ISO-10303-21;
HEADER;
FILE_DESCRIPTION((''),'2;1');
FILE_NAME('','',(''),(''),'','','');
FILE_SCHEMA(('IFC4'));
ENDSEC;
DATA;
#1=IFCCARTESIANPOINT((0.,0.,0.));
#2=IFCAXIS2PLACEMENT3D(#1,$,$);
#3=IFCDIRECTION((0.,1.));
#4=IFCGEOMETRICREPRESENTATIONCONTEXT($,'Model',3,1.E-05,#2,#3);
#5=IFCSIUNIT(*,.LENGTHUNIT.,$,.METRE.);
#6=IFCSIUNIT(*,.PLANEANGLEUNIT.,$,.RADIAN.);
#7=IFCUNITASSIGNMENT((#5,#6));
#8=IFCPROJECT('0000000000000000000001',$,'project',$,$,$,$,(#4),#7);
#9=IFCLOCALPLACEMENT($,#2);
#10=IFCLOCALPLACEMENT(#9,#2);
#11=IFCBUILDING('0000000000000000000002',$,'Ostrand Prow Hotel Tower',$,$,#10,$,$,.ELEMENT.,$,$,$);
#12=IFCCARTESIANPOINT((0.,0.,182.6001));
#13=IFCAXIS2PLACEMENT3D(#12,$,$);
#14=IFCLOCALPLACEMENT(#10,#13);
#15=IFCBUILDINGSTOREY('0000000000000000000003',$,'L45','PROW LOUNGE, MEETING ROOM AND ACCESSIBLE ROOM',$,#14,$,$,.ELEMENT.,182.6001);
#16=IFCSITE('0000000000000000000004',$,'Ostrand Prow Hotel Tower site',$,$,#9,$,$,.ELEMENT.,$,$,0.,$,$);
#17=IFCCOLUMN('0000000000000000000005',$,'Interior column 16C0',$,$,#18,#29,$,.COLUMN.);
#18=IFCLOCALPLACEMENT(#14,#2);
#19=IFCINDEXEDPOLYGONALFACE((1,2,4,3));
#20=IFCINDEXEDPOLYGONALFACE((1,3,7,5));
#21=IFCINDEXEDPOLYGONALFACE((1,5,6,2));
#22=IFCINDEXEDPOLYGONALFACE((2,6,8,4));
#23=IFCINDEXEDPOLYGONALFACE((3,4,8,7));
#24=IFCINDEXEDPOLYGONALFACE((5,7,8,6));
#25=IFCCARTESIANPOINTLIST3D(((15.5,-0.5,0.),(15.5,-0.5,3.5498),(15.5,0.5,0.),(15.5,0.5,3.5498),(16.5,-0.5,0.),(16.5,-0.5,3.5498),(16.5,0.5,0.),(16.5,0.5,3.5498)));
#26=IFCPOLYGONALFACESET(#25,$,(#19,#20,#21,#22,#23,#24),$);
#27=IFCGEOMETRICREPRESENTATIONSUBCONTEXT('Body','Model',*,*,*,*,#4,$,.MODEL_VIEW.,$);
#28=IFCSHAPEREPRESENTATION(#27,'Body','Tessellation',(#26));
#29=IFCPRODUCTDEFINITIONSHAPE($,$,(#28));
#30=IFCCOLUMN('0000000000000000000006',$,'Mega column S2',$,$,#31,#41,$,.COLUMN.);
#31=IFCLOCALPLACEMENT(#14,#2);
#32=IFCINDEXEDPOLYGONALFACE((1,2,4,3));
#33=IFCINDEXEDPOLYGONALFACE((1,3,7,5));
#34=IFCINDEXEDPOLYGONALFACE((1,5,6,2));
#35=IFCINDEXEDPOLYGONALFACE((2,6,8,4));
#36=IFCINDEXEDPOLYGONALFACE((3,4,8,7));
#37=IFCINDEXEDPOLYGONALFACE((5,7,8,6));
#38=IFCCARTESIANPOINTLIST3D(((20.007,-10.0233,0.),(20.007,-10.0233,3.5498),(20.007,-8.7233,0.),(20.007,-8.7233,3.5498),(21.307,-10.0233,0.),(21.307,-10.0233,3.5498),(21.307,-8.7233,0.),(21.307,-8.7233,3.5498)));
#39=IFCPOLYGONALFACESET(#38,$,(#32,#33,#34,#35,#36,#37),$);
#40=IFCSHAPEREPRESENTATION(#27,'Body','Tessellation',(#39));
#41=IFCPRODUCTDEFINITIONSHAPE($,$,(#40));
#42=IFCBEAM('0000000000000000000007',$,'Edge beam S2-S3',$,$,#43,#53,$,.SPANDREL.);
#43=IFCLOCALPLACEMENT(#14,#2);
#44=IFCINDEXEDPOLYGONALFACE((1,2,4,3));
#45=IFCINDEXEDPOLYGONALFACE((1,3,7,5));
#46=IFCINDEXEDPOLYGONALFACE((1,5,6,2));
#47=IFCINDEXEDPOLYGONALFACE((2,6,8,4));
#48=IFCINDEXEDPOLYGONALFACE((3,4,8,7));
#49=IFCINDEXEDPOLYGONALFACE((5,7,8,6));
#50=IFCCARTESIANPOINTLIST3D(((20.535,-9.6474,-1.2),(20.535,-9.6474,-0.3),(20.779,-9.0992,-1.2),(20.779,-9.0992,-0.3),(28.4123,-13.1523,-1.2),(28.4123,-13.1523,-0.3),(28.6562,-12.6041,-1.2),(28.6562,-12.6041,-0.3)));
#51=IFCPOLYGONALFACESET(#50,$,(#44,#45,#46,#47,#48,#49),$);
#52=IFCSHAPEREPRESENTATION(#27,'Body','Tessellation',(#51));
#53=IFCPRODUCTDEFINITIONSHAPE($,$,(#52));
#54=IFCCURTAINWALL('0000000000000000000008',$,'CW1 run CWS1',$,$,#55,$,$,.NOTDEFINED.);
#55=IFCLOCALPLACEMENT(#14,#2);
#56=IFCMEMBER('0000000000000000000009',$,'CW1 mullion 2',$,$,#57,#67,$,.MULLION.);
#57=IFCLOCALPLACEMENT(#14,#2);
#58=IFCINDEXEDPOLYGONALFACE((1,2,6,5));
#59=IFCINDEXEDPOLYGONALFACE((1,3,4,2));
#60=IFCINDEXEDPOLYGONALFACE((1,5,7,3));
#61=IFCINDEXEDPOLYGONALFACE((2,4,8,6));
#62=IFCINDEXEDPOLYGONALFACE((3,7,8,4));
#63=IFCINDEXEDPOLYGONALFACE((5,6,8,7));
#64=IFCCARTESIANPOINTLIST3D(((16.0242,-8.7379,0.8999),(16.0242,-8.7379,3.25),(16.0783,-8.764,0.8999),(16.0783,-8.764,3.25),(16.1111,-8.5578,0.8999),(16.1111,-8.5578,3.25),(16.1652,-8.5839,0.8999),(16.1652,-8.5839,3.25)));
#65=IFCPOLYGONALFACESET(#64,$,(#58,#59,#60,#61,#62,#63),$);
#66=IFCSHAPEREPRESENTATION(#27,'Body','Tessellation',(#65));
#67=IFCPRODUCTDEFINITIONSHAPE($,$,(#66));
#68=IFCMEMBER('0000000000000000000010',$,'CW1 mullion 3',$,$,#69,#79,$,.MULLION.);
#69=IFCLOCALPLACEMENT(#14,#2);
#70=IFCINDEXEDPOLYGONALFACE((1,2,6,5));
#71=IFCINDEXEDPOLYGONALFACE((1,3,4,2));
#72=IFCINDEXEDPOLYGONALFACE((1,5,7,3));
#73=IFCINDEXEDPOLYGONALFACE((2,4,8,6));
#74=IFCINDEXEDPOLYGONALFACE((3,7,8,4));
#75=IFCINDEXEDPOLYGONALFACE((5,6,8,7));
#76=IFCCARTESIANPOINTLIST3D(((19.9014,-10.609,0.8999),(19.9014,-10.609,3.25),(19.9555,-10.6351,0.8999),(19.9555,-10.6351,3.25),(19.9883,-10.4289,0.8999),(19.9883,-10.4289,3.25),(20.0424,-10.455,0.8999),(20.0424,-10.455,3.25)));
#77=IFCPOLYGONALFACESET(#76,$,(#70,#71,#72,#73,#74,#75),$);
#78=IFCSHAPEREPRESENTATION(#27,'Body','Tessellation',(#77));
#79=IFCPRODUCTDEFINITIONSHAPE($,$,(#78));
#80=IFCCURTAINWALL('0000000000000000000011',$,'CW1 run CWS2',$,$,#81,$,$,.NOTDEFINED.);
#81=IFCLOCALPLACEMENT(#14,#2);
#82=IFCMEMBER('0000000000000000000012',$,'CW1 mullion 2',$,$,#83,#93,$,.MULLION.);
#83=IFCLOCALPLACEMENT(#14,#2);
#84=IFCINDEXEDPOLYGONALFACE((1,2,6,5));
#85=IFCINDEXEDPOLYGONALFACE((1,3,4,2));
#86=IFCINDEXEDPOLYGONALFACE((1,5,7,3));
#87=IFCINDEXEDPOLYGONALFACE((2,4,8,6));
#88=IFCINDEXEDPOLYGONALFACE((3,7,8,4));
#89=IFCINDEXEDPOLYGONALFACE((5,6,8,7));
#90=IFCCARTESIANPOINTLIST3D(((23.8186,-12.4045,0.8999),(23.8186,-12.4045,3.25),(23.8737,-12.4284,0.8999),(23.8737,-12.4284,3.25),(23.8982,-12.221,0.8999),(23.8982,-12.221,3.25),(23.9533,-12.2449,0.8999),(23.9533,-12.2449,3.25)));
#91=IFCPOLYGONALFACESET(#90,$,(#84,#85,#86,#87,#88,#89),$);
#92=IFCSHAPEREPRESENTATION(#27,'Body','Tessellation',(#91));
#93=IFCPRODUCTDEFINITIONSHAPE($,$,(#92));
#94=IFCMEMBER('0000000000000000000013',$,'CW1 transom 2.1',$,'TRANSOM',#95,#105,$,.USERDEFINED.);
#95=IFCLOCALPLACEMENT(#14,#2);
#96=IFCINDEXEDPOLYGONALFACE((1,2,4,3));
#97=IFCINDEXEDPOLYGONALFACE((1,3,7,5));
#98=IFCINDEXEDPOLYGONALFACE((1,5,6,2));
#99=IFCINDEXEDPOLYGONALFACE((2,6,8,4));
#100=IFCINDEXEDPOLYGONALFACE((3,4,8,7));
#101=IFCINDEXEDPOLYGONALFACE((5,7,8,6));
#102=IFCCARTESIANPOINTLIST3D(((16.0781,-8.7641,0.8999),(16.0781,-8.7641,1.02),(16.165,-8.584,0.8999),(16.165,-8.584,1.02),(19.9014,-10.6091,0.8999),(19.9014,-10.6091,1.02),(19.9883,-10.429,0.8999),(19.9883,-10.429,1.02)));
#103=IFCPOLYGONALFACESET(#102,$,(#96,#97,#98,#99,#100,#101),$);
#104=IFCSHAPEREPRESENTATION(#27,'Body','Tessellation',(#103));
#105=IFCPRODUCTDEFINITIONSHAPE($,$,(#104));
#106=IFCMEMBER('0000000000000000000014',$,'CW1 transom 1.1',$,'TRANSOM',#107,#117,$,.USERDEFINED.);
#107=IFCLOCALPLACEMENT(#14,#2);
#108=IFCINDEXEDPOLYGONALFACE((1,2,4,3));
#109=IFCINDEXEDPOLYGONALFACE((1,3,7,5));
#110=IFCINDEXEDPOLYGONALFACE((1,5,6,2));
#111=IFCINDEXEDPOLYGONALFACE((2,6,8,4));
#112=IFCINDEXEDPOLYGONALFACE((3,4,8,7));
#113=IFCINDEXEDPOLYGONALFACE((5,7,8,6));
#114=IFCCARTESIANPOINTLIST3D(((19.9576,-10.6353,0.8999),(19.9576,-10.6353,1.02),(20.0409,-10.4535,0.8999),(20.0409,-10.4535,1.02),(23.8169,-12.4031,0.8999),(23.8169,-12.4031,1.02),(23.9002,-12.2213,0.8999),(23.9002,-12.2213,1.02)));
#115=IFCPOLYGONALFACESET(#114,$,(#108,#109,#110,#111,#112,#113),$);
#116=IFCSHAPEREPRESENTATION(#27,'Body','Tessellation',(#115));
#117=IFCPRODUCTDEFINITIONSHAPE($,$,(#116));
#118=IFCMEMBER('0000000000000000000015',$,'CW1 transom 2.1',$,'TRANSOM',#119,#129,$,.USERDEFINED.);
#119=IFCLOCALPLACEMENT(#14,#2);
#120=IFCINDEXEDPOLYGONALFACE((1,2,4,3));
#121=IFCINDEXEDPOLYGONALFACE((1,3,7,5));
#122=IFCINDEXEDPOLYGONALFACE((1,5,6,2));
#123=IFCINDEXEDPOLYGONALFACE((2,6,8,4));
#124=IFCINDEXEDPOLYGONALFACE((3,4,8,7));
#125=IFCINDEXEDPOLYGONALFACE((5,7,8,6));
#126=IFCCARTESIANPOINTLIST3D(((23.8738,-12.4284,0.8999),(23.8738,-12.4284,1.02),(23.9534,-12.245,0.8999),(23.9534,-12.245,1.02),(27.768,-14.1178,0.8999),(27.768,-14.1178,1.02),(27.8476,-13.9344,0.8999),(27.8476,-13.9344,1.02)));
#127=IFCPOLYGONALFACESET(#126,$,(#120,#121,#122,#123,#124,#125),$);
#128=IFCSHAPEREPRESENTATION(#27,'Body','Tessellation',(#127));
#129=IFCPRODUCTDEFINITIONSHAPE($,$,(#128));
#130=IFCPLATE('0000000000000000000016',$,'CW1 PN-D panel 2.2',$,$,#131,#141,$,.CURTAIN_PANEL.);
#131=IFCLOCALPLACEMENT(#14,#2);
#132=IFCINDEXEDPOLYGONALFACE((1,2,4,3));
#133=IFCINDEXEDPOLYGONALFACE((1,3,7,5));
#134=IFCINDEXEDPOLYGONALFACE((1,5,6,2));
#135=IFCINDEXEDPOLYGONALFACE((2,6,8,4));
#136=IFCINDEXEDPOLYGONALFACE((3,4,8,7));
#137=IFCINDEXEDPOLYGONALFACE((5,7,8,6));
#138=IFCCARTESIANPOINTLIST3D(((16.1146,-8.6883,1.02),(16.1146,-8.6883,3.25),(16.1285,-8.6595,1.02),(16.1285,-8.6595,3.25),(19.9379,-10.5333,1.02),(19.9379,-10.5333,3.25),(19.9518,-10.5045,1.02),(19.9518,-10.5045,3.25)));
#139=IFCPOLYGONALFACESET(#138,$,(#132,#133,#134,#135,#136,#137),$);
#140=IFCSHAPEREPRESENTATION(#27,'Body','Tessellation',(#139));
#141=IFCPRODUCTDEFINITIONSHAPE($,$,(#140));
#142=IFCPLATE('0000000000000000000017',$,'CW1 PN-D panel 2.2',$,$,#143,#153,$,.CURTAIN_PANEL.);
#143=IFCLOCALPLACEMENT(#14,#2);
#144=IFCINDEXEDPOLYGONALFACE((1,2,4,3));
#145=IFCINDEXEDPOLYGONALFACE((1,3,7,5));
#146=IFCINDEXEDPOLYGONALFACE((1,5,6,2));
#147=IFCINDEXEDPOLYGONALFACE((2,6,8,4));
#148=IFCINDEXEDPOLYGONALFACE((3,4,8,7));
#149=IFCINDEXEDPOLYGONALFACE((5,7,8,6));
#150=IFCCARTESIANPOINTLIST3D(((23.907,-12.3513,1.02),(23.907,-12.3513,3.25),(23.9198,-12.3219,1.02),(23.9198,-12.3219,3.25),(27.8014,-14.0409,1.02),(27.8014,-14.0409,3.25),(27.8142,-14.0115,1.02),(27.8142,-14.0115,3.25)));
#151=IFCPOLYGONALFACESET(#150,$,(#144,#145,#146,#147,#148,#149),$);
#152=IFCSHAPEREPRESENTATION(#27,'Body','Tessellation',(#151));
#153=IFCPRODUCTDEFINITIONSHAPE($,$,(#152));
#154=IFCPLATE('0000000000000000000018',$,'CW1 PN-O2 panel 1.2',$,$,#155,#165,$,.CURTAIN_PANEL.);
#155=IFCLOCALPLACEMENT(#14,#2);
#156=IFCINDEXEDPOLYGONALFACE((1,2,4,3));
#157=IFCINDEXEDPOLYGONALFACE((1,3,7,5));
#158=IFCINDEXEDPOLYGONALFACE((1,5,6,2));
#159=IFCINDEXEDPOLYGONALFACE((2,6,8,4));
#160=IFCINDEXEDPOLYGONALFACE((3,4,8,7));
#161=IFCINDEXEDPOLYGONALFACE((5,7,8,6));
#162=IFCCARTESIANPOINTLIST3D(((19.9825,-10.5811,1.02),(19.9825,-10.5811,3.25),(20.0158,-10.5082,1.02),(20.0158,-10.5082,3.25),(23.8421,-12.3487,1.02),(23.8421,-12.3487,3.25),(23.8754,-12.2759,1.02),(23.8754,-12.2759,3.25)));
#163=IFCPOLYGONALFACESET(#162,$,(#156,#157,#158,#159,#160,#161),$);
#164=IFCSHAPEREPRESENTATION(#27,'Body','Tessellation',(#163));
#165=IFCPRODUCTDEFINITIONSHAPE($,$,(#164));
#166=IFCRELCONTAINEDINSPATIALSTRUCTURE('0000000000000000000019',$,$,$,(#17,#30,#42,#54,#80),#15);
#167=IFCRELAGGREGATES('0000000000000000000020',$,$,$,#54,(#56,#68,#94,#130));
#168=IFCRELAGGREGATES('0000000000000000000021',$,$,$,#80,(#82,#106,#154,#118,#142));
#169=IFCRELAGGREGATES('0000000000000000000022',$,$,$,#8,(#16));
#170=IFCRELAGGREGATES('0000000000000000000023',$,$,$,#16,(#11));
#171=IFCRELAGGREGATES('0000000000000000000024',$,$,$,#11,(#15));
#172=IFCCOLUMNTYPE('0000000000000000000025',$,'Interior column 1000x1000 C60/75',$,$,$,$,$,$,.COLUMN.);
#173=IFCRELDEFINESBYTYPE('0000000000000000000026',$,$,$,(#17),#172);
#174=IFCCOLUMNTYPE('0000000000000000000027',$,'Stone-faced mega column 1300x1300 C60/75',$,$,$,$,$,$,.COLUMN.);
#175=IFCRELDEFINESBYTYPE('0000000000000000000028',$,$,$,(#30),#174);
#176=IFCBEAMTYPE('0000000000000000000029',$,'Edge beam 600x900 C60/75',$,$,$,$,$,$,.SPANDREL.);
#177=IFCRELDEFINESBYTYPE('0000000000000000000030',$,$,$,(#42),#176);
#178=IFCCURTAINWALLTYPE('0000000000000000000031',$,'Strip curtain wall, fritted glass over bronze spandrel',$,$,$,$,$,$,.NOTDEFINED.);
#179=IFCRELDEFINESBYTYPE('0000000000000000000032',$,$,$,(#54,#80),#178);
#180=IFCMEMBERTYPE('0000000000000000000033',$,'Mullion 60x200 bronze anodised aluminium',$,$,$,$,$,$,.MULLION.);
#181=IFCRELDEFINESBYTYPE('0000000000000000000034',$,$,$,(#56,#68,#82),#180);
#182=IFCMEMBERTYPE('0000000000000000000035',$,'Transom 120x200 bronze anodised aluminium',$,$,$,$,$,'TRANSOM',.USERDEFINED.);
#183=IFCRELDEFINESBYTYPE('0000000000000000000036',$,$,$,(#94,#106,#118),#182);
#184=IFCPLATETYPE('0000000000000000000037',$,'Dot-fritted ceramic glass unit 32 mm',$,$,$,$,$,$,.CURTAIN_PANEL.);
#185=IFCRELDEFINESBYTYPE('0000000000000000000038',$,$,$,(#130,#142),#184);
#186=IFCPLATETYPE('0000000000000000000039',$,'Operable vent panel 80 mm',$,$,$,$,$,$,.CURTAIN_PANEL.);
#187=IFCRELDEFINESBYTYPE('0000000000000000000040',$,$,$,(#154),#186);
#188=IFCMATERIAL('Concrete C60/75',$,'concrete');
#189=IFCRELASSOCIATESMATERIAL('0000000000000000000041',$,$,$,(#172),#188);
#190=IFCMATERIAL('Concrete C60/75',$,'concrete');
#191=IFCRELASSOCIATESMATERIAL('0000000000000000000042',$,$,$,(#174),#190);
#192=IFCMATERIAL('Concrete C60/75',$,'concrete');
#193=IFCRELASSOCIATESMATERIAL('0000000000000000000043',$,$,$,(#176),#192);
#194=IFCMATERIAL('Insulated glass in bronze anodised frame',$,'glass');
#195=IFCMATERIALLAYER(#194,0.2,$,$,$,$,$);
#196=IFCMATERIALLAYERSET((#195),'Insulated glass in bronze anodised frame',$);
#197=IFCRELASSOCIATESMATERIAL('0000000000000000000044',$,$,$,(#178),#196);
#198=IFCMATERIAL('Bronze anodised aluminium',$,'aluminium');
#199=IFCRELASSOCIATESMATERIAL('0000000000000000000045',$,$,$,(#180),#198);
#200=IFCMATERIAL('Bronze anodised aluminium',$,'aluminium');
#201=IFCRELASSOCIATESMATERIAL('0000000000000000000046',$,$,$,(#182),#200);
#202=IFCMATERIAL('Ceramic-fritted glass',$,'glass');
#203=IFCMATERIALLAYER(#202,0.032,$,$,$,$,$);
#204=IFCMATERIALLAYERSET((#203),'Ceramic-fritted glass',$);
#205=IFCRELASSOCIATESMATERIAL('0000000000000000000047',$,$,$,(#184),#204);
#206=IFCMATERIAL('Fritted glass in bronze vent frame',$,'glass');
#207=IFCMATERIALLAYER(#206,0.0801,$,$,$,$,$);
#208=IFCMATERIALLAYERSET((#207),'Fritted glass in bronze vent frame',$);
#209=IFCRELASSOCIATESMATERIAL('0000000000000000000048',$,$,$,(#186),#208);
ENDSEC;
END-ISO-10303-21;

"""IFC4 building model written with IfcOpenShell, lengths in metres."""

from ifc_helpers import new_model, si_unit, direction, frame, origin, origin_2d, place, context, subcontext, project, spatial, rectangle, extrude, material, layer, layer_set, material_profile, profile_set, type_object, element, aggregate, save


model = new_model("IFC4")

# Units and contexts
model_context = context("Model", 3, precision=1e-05, world=origin(), true_north=direction((0.0, 1.0)))
body_context = subcontext(model_context, "Body", "Model", "MODEL_VIEW")
ifc_project = project(units=[si_unit("LENGTHUNIT", "METRE"), si_unit("PLANEANGLEUNIT", "RADIAN")], contexts=[model_context])

# Site, building, storey
site_placement = place(None, origin())
site = spatial("IfcSite", under=ifc_project, at=site_placement, Name="Ostrand Prow Hotel Tower site", CompositionType="ELEMENT", RefElevation=0.0)
building_placement = place(site_placement, origin())
building = spatial("IfcBuilding", under=site, at=building_placement, Name="Ostrand Prow Hotel Tower", CompositionType="ELEMENT")
storey_placement = place(building_placement, frame((0.0, 0.0, 182.6001)))
storey = spatial("IfcBuildingStorey", under=building, at=storey_placement, Name="L45", Description="PROW LOUNGE, MEETING ROOM AND ACCESSIBLE ROOM", CompositionType="ELEMENT", Elevation=182.6001)

# Columns
ifc_material_1 = material(Name="Concrete C60/75", Category="concrete")
ifc_material_profile_1 = material_profile(ifc_material_1, rectangle(XDim=1.0, YDim=1.0, at=origin_2d()), Name="RC 1000x1000")
ifc_profile_set_1 = profile_set([ifc_material_profile_1], Name="Concrete C60/75")
column_type_1 = type_object("IfcColumnType", Name="Interior column 1000x1000 C60/75", PredefinedType="COLUMN", material=ifc_profile_set_1)
column_1_placement = place(storey_placement, frame((16.0, 0.0, 0.0), z_axis=(0.0, 0.0, 1.0), x_axis=(1.0, 0.0, 0.0)))
element("IfcColumn", 1, at=column_1_placement, inside=storey, type_object=column_type_1, Name="Interior column 16C0", PredefinedType="COLUMN", context=body_context, shape_type="SweptSolid", body=[
    extrude(rectangle(XDim=1.0, YDim=1.0, at=origin_2d()), origin(), (0.0, 0.0, 1.0), 3.5498),
])
ifc_material_2 = material(Name="Concrete C60/75", Category="concrete")
ifc_material_profile_2 = material_profile(ifc_material_2, rectangle(XDim=1.3, YDim=1.3, at=origin_2d()), Name="RC 1300x1300")
ifc_profile_set_2 = profile_set([ifc_material_profile_2], Name="Concrete C60/75")
column_type_2 = type_object("IfcColumnType", Name="Stone-faced mega column 1300x1300 C60/75", PredefinedType="COLUMN", material=ifc_profile_set_2)
column_2_placement = place(storey_placement, frame((20.657, -9.3733, 0.0), z_axis=(0.0, 0.0, 1.0), x_axis=(1.0, 0.0, 0.0)))
element("IfcColumn", 2, at=column_2_placement, inside=storey, type_object=column_type_2, Name="Mega column S2", PredefinedType="COLUMN", context=body_context, shape_type="SweptSolid", body=[
    extrude(rectangle(XDim=1.3, YDim=1.3, at=origin_2d()), origin(), (0.0, 0.0, 1.0), 3.5498),
])

# Beam
ifc_material_3 = material(Name="Concrete C60/75", Category="concrete")
ifc_material_profile_3 = material_profile(ifc_material_3, rectangle(XDim=0.6001, YDim=0.8999, at=origin_2d()), Name="RC 600x900")
ifc_profile_set_3 = profile_set([ifc_material_profile_3], Name="Concrete C60/75")
beam_type = type_object("IfcBeamType", Name="Edge beam 600x900 C60/75", PredefinedType="SPANDREL", material=ifc_profile_set_3)
beam_placement = place(storey_placement, frame((20.657, -9.3733, -0.75), z_axis=(0.913643, -0.406517, 0.0), x_axis=(0.406517, 0.913643, 0.0)))
element("IfcBeam", 3, at=beam_placement, inside=storey, type_object=beam_type, Name="Edge beam S2-S3", PredefinedType="SPANDREL", context=body_context, shape_type="SweptSolid", body=[
    extrude(rectangle(XDim=0.6001, YDim=0.8999, at=origin_2d()), origin(), (0.0, 0.0, 1.0), 8.6218),
])

# Curtain wall, members
ifc_material_4 = material(Name="Insulated glass in bronze anodised frame", Category="glass")
ifc_layer_1 = layer(ifc_material_4, 0.2)
ifc_layer_set_1 = layer_set([ifc_layer_1], Name="Insulated glass in bronze anodised frame")
curtain_wall_type = type_object("IfcCurtainWallType", Name="Strip curtain wall, fritted glass over bronze spandrel", PredefinedType="NOTDEFINED", material=ifc_layer_set_1)
curtain_wall_1_placement = place(storey_placement, origin())
curtain_wall_1 = element("IfcCurtainWall", 4, at=curtain_wall_1_placement, inside=storey, type_object=curtain_wall_type, Name="CW1 run CWS1", PredefinedType="NOTDEFINED")
ifc_material_5 = material(Name="Bronze anodised aluminium", Category="aluminium")
ifc_material_profile_4 = material_profile(ifc_material_5, rectangle(XDim=0.2, YDim=0.0601, at=origin_2d()), Name="Mullion 60x200 bronze anodised aluminium")
ifc_profile_set_4 = profile_set([ifc_material_profile_4], Name="Bronze anodised aluminium")
member_type_1 = type_object("IfcMemberType", Name="Mullion 60x200 bronze anodised aluminium", PredefinedType="MULLION", material=ifc_profile_set_4)
member_1_placement = place(storey_placement, frame((16.0947, -8.6609, 0.8999), z_axis=(0.0, 0.0, 1.0), x_axis=(0.434615, 0.900616, 0.0)))
member_1 = element("IfcMember", 5, at=member_1_placement, type_object=member_type_1, Name="CW1 mullion 2", PredefinedType="MULLION", context=body_context, shape_type="SweptSolid", body=[
    extrude(rectangle(XDim=0.2, YDim=0.0601, at=origin_2d()), origin(), (0.0, 0.0, 1.0), 2.3501),
])
member_2_placement = place(storey_placement, frame((19.9719, -10.532, 0.8999), z_axis=(0.0, 0.0, 1.0), x_axis=(0.434615, 0.900616, 0.0)))
member_2 = element("IfcMember", 6, at=member_2_placement, type_object=member_type_1, Name="CW1 mullion 3", PredefinedType="MULLION", context=body_context, shape_type="SweptSolid", body=[
    extrude(rectangle(XDim=0.2, YDim=0.0601, at=origin_2d()), origin(), (0.0, 0.0, 1.0), 2.3501),
])

# Curtain wall, member
curtain_wall_2_placement = place(storey_placement, origin())
curtain_wall_2 = element("IfcCurtainWall", 7, at=curtain_wall_2_placement, inside=storey, type_object=curtain_wall_type, Name="CW1 run CWS2", PredefinedType="NOTDEFINED")
member_3_placement = place(storey_placement, frame((23.886, -12.3247, 0.8999), z_axis=(0.0, 0.0, 1.0), x_axis=(0.398005, 0.917383, 0.0)))
member_3 = element("IfcMember", 8, at=member_3_placement, type_object=member_type_1, Name="CW1 mullion 2", PredefinedType="MULLION", context=body_context, shape_type="SweptSolid", body=[
    extrude(rectangle(XDim=0.2, YDim=0.0601, at=origin_2d()), origin(), (0.0, 0.0, 1.0), 2.3501),
])

# Members
ifc_material_6 = material(Name="Bronze anodised aluminium", Category="aluminium")
ifc_material_profile_5 = material_profile(ifc_material_6, rectangle(XDim=0.2, YDim=0.1201, at=origin_2d()), Name="Transom 120x200 bronze anodised aluminium")
ifc_profile_set_5 = profile_set([ifc_material_profile_5], Name="Bronze anodised aluminium")
member_type_2 = type_object("IfcMemberType", Name="Transom 120x200 bronze anodised aluminium", ElementType="TRANSOM", PredefinedType="USERDEFINED", material=ifc_profile_set_5)
member_4_placement = place(storey_placement, frame((16.1216, -8.6741, 0.96), z_axis=(0.900619, -0.434609, 0.0), x_axis=(0.434609, 0.900619, 0.0)))
member_4 = element("IfcMember", 9, at=member_4_placement, type_object=member_type_2, Name="CW1 transom 2.1", ObjectType="TRANSOM", PredefinedType="USERDEFINED", context=body_context, shape_type="SweptSolid", body=[
    extrude(rectangle(XDim=0.2, YDim=0.1201, at=origin_2d()), origin(), (0.0, 0.0, 1.0), 4.2451),
])
member_5_placement = place(storey_placement, frame((19.9993, -10.5444, 0.96), z_axis=(0.909159, -0.416449, 0.0), x_axis=(0.416449, 0.909159, 0.0)))
member_5 = element("IfcMember", 10, at=member_5_placement, type_object=member_type_2, Name="CW1 transom 1.1", ObjectType="TRANSOM", PredefinedType="USERDEFINED", context=body_context, shape_type="SweptSolid", body=[
    extrude(rectangle(XDim=0.2, YDim=0.1201, at=origin_2d()), origin(), (0.0, 0.0, 1.0), 4.2449),
])
member_6_placement = place(storey_placement, frame((23.9136, -12.3367, 0.96), z_axis=(0.91739, -0.39799, 0.0), x_axis=(0.39799, 0.91739, 0.0)))
member_6 = element("IfcMember", 11, at=member_6_placement, type_object=member_type_2, Name="CW1 transom 2.1", ObjectType="TRANSOM", PredefinedType="USERDEFINED", context=body_context, shape_type="SweptSolid", body=[
    extrude(rectangle(XDim=0.2, YDim=0.1201, at=origin_2d()), origin(), (0.0, 0.0, 1.0), 4.2449),
])

# Plates
ifc_material_7 = material(Name="Ceramic-fritted glass", Category="glass")
ifc_layer_2 = layer(ifc_material_7, 0.032)
ifc_layer_set_2 = layer_set([ifc_layer_2], Name="Ceramic-fritted glass")
plate_type_1 = type_object("IfcPlateType", Name="Dot-fritted ceramic glass unit 32 mm", PredefinedType="CURTAIN_PANEL", material=ifc_layer_set_2)
plate_1_placement = place(storey_placement, frame((18.0332, -9.5964, 1.02), z_axis=(0.0, 0.0, 1.0), x_axis=(0.900616, -0.434615, 0.0)))
plate_1 = element("IfcPlate", 12, at=plate_1_placement, type_object=plate_type_1, Name="CW1 PN-D panel 2.2", PredefinedType="CURTAIN_PANEL", context=body_context, shape_type="SweptSolid", body=[
    extrude(rectangle(XDim=4.2451, YDim=0.032, at=origin_2d()), origin(), (0.0, 0.0, 1.0), 2.23),
])
aggregate(curtain_wall_1, [member_1, member_2, member_4, plate_1])
plate_2_placement = place(storey_placement, frame((25.8606, -13.1814, 1.02), z_axis=(0.0, 0.0, 1.0), x_axis=(0.917383, -0.398005, 0.0)))
plate_2 = element("IfcPlate", 13, at=plate_2_placement, type_object=plate_type_1, Name="CW1 PN-D panel 2.2", PredefinedType="CURTAIN_PANEL", context=body_context, shape_type="SweptSolid", body=[
    extrude(rectangle(XDim=4.2451, YDim=0.032, at=origin_2d()), origin(), (0.0, 0.0, 1.0), 2.23),
])
ifc_material_8 = material(Name="Fritted glass in bronze vent frame", Category="glass")
ifc_layer_3 = layer(ifc_material_8, 0.0801)
ifc_layer_set_3 = layer_set([ifc_layer_3], Name="Fritted glass in bronze vent frame")
plate_type_2 = type_object("IfcPlateType", Name="Operable vent panel 80 mm", PredefinedType="CURTAIN_PANEL", material=ifc_layer_set_3)
plate_3_placement = place(storey_placement, frame((21.929, -11.4285, 1.02), z_axis=(0.0, 0.0, 1.0), x_axis=(0.909185, -0.416393, 0.0)))
plate_3 = element("IfcPlate", 14, at=plate_3_placement, type_object=plate_type_2, Name="CW1 PN-O2 panel 1.2", PredefinedType="CURTAIN_PANEL", context=body_context, shape_type="SweptSolid", body=[
    extrude(rectangle(XDim=4.2451, YDim=0.0801, at=origin_2d()), origin(), (0.0, 0.0, 1.0), 2.23),
])
aggregate(curtain_wall_2, [member_3, member_5, plate_3, member_6, plate_2])

save(model, "model.ifc")
